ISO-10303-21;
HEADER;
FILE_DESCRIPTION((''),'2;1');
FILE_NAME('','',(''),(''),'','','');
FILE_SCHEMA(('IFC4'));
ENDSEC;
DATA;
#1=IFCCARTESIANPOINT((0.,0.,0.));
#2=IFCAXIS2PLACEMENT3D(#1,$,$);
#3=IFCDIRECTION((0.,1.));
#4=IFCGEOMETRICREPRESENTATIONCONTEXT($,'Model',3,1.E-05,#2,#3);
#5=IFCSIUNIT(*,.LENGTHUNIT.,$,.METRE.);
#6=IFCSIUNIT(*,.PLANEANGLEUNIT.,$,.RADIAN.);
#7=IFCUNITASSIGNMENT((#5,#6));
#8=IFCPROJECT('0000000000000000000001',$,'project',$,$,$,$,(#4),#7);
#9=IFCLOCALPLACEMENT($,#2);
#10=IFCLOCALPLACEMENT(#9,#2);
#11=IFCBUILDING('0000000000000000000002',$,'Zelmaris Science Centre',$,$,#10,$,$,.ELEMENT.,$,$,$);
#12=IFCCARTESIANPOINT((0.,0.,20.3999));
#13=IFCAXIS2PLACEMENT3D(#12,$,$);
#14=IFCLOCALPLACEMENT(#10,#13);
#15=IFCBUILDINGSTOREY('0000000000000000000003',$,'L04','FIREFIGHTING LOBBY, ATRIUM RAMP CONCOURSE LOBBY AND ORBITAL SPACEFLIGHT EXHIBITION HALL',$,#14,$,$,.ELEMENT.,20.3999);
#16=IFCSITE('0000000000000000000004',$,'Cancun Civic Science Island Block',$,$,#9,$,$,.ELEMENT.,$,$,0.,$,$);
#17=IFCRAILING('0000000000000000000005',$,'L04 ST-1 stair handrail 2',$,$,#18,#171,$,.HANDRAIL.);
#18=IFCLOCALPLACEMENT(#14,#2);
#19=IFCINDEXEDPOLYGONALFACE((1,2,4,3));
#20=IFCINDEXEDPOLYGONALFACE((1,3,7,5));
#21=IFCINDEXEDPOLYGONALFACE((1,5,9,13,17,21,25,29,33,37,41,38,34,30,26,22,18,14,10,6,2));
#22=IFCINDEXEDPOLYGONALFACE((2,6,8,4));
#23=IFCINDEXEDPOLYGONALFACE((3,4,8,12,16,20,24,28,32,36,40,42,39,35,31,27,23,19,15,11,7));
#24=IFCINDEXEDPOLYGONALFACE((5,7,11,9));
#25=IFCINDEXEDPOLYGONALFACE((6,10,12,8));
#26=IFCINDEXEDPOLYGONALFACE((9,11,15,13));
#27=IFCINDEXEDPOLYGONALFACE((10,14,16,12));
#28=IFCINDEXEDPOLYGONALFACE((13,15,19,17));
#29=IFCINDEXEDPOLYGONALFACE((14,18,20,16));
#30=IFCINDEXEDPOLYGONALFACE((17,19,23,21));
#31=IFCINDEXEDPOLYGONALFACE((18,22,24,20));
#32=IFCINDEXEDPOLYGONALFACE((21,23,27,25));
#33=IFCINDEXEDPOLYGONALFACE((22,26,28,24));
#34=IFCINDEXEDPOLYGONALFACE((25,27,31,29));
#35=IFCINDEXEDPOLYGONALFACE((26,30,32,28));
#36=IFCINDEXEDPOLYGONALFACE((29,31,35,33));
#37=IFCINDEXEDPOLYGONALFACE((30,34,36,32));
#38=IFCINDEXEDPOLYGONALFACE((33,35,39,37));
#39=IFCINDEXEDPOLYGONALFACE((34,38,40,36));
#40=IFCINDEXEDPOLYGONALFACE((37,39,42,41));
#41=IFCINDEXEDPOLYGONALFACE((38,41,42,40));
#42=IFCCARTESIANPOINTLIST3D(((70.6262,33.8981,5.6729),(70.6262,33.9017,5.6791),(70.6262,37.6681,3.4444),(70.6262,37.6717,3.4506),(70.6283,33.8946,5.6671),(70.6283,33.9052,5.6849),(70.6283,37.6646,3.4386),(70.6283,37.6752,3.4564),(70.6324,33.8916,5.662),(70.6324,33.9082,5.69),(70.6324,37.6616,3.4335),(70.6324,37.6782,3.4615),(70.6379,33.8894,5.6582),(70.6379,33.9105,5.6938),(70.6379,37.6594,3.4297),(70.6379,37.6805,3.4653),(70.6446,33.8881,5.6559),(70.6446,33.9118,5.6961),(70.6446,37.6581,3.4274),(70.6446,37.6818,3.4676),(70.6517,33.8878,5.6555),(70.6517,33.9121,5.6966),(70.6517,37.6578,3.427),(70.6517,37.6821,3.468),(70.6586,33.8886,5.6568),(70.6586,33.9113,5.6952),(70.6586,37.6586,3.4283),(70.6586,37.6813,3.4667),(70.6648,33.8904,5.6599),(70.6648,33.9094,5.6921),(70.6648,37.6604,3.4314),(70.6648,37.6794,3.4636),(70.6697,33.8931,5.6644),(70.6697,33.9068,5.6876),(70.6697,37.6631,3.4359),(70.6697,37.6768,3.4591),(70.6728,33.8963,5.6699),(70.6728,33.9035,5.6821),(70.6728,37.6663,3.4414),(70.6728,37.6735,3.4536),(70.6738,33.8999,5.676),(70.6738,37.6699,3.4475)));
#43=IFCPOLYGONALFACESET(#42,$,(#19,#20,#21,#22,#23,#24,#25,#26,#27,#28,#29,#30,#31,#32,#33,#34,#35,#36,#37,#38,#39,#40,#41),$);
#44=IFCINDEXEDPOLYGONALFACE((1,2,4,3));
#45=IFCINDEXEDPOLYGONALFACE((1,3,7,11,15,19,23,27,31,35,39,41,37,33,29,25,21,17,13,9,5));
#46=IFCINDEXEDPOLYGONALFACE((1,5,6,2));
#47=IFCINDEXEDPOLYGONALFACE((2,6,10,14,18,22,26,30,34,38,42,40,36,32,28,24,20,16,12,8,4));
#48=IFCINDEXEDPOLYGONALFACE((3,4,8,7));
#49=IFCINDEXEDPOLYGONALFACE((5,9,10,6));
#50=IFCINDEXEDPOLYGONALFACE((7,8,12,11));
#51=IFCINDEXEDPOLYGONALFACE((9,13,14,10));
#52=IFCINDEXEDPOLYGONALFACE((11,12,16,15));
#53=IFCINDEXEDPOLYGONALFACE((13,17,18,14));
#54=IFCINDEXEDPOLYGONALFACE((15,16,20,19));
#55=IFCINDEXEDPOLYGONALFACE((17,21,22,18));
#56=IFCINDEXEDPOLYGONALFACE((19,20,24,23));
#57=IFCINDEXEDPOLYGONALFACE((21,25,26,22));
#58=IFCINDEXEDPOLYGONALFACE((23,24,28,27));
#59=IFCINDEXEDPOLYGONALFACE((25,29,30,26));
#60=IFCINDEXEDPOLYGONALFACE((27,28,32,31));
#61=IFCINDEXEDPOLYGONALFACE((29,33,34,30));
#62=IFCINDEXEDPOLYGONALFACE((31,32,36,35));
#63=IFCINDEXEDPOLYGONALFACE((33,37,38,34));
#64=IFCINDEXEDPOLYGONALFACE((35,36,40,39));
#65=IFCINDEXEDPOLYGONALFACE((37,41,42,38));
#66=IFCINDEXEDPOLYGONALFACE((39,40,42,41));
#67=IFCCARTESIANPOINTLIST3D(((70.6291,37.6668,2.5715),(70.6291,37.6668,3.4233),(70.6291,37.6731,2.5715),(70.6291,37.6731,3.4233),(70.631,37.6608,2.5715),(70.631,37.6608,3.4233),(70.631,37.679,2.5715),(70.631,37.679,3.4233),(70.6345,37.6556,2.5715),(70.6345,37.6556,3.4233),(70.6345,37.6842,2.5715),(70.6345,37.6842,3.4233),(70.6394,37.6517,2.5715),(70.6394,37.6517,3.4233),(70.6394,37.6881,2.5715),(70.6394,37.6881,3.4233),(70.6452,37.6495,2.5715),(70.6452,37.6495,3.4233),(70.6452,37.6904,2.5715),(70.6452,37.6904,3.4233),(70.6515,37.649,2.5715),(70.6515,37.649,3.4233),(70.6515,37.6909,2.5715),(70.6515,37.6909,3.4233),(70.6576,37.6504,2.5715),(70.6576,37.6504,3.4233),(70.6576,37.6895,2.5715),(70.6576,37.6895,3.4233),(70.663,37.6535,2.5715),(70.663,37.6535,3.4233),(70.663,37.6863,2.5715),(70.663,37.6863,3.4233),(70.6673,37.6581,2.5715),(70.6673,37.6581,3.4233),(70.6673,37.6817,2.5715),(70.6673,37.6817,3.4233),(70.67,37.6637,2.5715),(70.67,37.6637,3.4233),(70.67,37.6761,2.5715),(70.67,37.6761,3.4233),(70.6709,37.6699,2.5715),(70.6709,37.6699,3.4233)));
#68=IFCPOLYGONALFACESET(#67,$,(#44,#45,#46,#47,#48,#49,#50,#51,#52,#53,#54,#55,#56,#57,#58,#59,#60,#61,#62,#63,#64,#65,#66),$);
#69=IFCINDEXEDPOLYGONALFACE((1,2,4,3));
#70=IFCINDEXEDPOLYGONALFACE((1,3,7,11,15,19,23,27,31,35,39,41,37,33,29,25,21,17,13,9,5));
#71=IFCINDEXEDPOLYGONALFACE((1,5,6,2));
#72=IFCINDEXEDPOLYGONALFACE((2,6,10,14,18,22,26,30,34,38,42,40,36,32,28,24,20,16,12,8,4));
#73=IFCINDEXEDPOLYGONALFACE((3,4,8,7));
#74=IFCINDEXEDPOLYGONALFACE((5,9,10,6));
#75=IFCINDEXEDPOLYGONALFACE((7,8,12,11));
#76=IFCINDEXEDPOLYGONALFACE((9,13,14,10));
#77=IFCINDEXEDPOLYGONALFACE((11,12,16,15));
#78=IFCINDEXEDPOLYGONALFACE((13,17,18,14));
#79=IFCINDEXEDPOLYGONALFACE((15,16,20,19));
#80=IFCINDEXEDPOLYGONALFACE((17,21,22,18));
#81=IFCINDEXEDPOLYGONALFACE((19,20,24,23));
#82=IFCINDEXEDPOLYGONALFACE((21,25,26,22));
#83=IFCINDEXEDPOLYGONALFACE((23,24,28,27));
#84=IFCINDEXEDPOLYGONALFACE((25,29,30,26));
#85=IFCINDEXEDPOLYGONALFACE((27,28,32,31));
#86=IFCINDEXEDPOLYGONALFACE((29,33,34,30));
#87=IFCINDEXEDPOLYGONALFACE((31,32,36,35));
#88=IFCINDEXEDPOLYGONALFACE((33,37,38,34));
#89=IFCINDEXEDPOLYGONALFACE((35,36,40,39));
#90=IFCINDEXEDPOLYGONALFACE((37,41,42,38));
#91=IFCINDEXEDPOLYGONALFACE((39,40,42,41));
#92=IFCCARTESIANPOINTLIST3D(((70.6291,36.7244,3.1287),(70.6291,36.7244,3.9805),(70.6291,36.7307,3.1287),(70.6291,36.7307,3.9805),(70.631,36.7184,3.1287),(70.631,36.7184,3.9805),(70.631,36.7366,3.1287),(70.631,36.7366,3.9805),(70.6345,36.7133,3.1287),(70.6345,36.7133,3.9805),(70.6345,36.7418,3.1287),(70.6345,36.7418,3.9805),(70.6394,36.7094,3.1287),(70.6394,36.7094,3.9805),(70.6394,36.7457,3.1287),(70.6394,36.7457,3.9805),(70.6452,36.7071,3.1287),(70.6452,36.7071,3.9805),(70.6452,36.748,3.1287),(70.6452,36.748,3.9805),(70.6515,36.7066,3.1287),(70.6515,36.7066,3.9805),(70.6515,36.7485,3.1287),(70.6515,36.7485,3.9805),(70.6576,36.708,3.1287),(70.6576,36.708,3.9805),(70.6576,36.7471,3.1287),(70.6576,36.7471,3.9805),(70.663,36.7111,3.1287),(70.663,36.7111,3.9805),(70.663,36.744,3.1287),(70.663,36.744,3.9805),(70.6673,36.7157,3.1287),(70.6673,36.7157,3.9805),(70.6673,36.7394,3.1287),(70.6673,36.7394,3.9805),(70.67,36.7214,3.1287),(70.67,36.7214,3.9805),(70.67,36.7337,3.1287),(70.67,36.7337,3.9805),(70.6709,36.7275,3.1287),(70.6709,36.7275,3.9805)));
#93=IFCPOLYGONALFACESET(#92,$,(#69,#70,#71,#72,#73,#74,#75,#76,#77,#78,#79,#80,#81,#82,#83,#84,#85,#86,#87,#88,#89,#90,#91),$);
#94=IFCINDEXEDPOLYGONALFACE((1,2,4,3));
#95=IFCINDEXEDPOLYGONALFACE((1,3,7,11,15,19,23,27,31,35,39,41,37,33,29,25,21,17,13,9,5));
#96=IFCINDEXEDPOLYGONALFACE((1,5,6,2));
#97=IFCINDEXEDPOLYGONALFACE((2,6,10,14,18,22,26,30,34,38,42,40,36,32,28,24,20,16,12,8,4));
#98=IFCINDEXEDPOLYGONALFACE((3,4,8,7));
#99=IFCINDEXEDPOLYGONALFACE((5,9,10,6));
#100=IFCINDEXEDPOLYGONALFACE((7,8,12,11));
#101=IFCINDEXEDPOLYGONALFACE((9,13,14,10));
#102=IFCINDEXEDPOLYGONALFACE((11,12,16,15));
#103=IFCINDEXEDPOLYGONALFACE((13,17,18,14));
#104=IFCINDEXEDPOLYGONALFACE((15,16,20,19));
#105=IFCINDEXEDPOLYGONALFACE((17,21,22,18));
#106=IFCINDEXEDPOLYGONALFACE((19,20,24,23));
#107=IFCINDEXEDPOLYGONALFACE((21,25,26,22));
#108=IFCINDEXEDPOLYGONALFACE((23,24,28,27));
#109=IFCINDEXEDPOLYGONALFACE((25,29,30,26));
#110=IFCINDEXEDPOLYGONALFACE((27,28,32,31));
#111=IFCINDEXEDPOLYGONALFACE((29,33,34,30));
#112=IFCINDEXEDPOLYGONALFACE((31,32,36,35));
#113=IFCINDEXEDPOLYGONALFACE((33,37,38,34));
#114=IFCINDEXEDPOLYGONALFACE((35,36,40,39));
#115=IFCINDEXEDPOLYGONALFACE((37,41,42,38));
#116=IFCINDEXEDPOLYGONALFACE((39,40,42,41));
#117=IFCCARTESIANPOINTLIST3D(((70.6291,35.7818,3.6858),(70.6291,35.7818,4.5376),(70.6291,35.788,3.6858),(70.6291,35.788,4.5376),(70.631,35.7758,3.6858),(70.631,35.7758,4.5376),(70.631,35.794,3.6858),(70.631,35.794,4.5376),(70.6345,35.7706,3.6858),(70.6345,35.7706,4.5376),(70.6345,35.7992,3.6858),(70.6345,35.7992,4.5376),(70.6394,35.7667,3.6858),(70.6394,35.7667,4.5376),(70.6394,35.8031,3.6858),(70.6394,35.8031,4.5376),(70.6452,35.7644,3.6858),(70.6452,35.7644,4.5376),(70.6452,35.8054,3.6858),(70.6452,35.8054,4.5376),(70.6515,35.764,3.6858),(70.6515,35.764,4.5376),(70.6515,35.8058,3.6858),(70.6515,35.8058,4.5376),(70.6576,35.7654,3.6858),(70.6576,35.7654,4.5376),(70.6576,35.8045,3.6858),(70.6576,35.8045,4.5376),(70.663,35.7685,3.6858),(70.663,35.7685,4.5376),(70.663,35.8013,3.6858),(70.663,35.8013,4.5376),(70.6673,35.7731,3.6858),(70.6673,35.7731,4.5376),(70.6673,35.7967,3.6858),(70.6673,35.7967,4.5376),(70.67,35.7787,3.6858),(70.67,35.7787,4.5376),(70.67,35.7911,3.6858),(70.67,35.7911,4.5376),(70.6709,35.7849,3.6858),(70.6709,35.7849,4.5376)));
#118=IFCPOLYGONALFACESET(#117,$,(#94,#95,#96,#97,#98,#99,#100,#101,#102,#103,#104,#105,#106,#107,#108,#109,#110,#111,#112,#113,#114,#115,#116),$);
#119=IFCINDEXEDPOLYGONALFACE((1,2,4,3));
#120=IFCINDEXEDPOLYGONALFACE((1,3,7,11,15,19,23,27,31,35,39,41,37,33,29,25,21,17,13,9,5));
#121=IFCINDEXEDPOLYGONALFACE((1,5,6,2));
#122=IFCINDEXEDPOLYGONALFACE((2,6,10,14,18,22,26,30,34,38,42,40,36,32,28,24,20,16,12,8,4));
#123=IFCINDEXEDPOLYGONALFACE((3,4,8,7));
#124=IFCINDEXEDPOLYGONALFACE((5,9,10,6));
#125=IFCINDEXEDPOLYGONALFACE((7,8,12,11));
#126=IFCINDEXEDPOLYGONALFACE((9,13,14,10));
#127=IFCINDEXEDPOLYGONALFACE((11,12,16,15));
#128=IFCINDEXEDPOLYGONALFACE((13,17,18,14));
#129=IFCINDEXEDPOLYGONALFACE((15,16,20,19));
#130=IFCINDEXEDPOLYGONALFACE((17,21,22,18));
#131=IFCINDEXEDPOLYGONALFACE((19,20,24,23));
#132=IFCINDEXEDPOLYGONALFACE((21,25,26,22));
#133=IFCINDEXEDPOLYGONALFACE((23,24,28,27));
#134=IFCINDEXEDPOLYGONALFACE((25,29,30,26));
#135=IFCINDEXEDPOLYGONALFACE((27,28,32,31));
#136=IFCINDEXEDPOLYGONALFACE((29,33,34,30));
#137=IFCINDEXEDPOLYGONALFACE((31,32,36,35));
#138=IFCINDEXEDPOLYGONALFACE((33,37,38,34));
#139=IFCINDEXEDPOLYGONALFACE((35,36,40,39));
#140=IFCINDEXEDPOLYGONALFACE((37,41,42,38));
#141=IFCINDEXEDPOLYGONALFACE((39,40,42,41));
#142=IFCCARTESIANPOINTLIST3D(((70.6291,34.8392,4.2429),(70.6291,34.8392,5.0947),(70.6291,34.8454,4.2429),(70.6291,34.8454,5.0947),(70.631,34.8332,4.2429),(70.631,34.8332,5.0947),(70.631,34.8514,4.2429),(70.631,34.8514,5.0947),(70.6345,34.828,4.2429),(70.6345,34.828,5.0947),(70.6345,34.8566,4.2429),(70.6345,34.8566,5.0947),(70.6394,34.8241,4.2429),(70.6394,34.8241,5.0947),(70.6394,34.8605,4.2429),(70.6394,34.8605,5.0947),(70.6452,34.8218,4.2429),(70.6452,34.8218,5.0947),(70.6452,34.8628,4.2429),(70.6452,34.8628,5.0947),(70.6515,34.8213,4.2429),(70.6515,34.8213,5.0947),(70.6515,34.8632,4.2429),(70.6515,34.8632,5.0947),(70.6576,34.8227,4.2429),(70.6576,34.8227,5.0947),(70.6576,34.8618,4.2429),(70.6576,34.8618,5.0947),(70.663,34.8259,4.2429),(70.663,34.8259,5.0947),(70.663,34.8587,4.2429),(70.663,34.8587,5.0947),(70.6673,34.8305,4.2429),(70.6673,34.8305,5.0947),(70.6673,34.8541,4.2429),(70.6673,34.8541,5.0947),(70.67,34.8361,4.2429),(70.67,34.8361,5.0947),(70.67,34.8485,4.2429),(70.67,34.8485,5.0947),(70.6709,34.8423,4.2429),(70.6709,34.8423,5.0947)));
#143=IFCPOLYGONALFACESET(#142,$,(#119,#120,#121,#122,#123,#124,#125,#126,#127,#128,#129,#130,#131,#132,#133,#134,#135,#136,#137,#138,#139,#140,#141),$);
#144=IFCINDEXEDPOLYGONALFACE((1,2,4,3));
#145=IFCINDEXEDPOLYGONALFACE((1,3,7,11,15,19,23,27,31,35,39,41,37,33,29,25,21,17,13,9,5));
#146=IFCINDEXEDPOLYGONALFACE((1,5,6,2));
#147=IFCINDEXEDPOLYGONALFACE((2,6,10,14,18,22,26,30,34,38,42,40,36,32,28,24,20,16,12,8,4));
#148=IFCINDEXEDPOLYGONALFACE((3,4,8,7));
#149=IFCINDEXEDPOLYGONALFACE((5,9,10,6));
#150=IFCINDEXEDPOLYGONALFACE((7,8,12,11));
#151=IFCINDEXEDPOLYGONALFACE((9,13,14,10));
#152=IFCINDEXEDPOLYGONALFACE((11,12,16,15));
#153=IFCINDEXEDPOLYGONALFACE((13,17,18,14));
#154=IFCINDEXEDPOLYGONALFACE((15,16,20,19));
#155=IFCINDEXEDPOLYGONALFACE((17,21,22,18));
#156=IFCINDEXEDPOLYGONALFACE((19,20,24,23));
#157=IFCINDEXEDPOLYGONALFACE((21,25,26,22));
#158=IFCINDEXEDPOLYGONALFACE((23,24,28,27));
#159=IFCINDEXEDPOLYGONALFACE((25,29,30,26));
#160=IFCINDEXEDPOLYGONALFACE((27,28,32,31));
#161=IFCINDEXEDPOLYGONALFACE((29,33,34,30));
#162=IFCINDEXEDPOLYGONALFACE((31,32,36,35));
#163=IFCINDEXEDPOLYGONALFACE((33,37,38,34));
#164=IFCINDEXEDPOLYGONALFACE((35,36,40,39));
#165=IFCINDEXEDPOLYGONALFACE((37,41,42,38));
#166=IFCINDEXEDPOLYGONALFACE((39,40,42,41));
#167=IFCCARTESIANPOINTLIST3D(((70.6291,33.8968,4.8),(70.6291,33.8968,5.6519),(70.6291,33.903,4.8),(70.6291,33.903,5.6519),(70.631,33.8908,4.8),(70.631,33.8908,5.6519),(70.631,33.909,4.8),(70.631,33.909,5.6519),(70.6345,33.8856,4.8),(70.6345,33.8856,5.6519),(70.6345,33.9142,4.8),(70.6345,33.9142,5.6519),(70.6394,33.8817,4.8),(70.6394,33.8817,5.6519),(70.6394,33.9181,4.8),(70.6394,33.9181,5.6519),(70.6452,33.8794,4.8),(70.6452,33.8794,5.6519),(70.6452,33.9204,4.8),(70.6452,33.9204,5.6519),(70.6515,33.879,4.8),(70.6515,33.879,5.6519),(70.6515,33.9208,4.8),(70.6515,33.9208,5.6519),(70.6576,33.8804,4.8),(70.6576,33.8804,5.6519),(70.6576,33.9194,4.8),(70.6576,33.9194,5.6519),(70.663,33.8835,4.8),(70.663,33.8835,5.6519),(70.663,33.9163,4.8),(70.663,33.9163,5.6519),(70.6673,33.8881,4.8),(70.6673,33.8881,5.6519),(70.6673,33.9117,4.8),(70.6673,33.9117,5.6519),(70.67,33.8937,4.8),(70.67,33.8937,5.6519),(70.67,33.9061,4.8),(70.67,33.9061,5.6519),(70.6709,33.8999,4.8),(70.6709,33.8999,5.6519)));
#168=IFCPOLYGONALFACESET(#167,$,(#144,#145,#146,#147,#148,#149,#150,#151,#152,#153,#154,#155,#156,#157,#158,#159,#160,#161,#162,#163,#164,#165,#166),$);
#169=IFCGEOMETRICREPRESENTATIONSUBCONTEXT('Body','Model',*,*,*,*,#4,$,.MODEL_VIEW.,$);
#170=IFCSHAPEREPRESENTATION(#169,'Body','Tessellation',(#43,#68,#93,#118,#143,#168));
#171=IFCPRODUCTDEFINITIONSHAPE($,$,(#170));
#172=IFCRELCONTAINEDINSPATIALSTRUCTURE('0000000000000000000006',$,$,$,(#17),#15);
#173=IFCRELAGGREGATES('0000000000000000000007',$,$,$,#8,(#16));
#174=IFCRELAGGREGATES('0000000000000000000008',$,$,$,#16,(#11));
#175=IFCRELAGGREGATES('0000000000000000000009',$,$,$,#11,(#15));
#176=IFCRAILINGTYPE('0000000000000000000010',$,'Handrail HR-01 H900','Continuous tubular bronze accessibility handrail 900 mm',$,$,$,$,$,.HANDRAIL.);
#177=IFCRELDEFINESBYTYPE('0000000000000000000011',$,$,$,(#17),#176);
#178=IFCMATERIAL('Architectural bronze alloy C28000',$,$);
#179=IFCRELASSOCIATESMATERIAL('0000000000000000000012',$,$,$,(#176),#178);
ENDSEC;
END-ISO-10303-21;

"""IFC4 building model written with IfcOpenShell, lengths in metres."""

from ifc_helpers import new_model, si_unit, direction, frame, origin, origin_2d, place, context, subcontext, project, spatial, circle, extrude, material, type_object, element, save


model = new_model("IFC4")

# Units and contexts
model_context = context("Model", 3, precision=1e-05, world=origin(), true_north=direction((0.0, 1.0)))
body_context = subcontext(model_context, "Body", "Model", "MODEL_VIEW")
ifc_project = project(units=[si_unit("LENGTHUNIT", "METRE"), si_unit("PLANEANGLEUNIT", "RADIAN")], contexts=[model_context])

# Site, building, storey
site_placement = place(None, origin())
site = spatial("IfcSite", under=ifc_project, at=site_placement, Name="Cancun Civic Science Island Block", CompositionType="ELEMENT", RefElevation=0.0)
building_placement = place(site_placement, origin())
building = spatial("IfcBuilding", under=site, at=building_placement, Name="Zelmaris Science Centre", CompositionType="ELEMENT")
storey_placement = place(building_placement, frame((0.0, 0.0, 20.3999)))
storey = spatial("IfcBuildingStorey", under=building, at=storey_placement, Name="L04", Description="FIREFIGHTING LOBBY, ATRIUM RAMP CONCOURSE LOBBY AND ORBITAL SPACEFLIGHT EXHIBITION HALL", CompositionType="ELEMENT", Elevation=20.3999)

# Railing
ifc_material_1 = material(Name="Architectural bronze alloy C28000")
railing_type_1 = type_object("IfcRailingType", Name="Handrail HR-01 H900", Description="Continuous tubular bronze accessibility handrail 900 mm", PredefinedType="HANDRAIL", material=ifc_material_1)
railing_1_placement = place(storey_placement, frame((70.6499, 37.6699, 2.5715)))
element("IfcRailing", 1, at=railing_1_placement, inside=storey, type_object=railing_type_1, Name="L04 ST-1 stair handrail 2", PredefinedType="HANDRAIL", context=body_context, shape_type="SweptSolid", body=[
    extrude(circle(Radius=0.0239, at=origin_2d()), frame((0.0, 0.0, 0.876), z_axis=(0.0, -0.860849, 0.508861), x_axis=(1.0, 0.0, 0.0)), (0.0, 0.0, 1.0), 4.3794),
    extrude(circle(Radius=0.021, at=origin_2d()), origin(), (0.0, 0.0, 1.0), 0.8518),
    extrude(circle(Radius=0.021, at=origin_2d()), frame((0.0, -0.9424, 0.5571)), (0.0, 0.0, 1.0), 0.8518),
    extrude(circle(Radius=0.021, at=origin_2d()), frame((0.0, -1.885, 1.1143)), (0.0, 0.0, 1.0), 0.8518),
    extrude(circle(Radius=0.021, at=origin_2d()), frame((0.0, -2.8276, 1.6714)), (0.0, 0.0, 1.0), 0.8518),
    extrude(circle(Radius=0.021, at=origin_2d()), frame((0.0, -3.77, 2.2285)), (0.0, 0.0, 1.0), 0.8518),
])

save(model, "model.ifc")
